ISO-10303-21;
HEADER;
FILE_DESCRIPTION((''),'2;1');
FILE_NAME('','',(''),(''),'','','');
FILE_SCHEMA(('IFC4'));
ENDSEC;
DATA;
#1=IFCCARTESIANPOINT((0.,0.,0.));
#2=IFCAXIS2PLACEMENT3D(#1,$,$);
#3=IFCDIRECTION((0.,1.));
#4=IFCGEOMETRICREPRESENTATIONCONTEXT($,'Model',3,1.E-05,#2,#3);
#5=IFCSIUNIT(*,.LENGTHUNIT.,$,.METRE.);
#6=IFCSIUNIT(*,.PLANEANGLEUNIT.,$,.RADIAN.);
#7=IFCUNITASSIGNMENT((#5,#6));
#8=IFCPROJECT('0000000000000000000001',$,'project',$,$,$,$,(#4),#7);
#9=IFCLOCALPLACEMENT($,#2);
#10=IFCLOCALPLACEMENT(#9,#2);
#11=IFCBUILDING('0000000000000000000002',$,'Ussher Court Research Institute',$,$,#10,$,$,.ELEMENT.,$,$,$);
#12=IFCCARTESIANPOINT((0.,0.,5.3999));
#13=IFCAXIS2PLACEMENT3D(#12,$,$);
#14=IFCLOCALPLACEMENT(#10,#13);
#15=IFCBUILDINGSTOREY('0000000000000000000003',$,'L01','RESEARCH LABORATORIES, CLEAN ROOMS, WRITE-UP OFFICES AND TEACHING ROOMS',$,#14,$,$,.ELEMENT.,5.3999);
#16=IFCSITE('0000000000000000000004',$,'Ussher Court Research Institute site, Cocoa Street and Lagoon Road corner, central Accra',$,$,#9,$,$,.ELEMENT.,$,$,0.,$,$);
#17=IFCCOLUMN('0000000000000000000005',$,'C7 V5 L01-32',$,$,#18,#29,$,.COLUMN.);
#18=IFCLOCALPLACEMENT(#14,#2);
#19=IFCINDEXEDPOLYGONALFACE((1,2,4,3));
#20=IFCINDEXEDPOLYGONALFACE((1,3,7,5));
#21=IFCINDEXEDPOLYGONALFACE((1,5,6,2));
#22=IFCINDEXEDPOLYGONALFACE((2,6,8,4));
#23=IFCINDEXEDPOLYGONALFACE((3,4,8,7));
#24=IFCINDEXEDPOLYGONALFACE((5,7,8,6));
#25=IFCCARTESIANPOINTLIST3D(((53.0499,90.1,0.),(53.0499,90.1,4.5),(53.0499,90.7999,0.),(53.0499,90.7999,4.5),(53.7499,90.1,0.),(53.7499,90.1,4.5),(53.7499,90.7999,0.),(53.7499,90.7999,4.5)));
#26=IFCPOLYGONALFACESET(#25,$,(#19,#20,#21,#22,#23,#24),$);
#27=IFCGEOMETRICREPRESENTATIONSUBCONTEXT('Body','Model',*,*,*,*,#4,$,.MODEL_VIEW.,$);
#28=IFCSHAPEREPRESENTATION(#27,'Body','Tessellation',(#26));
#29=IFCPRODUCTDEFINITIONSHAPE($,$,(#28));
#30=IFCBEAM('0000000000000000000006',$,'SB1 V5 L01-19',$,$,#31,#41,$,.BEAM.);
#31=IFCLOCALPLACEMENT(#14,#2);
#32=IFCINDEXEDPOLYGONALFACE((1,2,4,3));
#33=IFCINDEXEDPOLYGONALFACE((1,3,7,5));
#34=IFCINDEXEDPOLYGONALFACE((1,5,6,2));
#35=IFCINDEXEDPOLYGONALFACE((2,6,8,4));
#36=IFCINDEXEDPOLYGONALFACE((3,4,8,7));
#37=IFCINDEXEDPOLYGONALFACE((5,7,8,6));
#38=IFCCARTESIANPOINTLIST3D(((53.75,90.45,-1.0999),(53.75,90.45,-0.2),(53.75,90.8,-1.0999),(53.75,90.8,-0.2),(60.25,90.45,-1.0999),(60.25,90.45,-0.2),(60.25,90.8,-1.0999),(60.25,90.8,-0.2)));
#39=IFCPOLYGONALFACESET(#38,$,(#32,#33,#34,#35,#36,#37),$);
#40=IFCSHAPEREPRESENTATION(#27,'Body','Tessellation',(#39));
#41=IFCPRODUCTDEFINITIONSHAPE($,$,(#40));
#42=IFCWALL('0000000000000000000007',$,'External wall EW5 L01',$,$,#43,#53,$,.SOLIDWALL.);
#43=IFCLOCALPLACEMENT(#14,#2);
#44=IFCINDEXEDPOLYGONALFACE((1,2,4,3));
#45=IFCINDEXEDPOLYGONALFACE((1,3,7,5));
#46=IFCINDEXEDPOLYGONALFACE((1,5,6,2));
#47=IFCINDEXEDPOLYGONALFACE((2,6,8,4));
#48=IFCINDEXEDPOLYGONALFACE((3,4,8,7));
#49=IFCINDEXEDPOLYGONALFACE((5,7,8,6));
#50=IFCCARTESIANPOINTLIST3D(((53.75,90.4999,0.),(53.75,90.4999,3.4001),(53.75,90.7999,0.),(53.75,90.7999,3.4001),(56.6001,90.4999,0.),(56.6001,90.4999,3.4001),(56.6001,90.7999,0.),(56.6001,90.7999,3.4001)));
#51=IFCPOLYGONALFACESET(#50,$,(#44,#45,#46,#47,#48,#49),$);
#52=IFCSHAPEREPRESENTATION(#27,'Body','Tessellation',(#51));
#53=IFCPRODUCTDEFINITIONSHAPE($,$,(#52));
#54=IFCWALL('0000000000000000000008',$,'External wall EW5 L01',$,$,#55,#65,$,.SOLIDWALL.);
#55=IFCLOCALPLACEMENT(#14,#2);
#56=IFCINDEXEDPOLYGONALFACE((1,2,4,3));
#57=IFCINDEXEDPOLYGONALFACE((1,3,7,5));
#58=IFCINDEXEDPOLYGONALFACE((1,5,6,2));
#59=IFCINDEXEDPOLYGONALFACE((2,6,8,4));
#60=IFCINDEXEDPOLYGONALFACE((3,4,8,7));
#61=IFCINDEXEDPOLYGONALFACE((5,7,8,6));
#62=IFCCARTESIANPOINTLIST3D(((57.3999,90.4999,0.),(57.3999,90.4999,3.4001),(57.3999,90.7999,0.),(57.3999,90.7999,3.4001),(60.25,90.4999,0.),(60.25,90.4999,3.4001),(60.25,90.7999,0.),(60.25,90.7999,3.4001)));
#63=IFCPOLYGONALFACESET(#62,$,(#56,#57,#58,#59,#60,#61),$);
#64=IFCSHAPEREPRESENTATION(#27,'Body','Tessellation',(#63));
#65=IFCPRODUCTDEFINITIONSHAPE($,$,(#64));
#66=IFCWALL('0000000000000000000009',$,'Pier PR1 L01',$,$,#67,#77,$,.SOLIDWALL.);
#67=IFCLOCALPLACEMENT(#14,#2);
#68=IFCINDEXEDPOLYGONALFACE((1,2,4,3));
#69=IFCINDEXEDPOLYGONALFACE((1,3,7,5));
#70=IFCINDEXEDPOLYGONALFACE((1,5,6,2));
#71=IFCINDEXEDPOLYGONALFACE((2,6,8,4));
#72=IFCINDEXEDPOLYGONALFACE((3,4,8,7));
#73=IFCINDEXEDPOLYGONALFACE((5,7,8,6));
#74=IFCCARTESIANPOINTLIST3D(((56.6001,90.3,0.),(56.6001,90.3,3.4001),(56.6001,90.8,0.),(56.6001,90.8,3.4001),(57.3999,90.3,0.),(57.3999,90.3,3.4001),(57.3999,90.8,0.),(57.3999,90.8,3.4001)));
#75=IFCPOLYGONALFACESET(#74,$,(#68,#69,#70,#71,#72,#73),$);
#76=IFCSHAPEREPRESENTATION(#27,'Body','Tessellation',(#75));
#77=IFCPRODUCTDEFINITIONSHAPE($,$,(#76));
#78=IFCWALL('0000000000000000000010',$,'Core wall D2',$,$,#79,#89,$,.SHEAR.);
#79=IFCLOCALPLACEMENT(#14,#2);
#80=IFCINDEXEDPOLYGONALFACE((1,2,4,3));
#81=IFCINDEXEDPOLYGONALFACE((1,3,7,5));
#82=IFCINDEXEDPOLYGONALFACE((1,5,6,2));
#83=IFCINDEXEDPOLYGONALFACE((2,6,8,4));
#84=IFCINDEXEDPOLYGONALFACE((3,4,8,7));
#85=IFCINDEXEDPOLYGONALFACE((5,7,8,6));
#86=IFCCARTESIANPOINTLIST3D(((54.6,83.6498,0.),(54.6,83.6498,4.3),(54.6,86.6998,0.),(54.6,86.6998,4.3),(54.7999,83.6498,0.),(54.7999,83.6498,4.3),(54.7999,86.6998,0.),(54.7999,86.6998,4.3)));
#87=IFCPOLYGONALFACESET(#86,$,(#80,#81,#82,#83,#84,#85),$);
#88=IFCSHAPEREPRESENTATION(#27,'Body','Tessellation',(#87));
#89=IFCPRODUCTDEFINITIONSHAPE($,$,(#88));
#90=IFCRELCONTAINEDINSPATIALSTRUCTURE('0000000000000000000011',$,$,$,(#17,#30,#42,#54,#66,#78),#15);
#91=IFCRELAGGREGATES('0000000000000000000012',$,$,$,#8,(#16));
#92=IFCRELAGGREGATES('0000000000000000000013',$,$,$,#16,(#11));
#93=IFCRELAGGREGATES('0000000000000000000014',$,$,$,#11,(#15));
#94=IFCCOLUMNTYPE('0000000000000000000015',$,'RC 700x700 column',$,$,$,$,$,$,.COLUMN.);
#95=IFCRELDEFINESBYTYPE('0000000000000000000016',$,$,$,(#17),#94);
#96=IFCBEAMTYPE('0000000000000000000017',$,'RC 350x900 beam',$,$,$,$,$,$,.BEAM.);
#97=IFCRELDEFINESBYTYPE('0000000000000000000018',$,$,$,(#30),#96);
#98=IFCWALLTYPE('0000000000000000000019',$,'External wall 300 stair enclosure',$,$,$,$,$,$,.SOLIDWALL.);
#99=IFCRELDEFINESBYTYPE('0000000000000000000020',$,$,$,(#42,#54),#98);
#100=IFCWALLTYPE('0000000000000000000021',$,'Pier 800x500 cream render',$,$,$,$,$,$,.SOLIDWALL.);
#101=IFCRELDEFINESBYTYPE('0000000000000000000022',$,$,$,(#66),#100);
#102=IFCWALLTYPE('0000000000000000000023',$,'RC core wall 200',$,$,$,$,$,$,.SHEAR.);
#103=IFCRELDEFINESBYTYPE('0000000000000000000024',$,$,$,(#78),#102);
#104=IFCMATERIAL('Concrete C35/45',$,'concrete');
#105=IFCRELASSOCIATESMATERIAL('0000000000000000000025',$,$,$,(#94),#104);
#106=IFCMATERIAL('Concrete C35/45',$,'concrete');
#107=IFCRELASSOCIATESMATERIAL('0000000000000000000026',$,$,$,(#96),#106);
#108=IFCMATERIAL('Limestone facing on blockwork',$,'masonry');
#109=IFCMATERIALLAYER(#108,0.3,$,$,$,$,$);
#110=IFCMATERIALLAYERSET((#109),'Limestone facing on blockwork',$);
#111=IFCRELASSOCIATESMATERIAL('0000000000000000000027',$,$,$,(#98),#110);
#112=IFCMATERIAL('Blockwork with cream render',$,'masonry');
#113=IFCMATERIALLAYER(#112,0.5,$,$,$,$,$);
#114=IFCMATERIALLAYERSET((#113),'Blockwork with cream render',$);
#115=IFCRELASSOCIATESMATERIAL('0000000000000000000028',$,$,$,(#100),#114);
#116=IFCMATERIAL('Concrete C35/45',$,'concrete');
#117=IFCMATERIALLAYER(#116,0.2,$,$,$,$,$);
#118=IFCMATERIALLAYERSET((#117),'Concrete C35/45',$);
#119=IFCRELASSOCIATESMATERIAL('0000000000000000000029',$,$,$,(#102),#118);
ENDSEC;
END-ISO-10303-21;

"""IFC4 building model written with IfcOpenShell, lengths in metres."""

from ifc_helpers import new_model, si_unit, direction, frame, frame_2d, origin, origin_2d, place, context, subcontext, project, spatial, rectangle, extrude, material, layer, layer_set, material_profile, profile_set, type_object, element, save


model = new_model("IFC4")

# Units and contexts
model_context = context("Model", 3, precision=1e-05, world=origin(), true_north=direction((0.0, 1.0)))
body_context = subcontext(model_context, "Body", "Model", "MODEL_VIEW")
ifc_project = project(units=[si_unit("LENGTHUNIT", "METRE"), si_unit("PLANEANGLEUNIT", "RADIAN")], contexts=[model_context])

# Site, building, storey
site_placement = place(None, origin())
site = spatial("IfcSite", under=ifc_project, at=site_placement, Name="Ussher Court Research Institute site, Cocoa Street and Lagoon Road corner, central Accra", CompositionType="ELEMENT", RefElevation=0.0)
building_placement = place(site_placement, origin())
building = spatial("IfcBuilding", under=site, at=building_placement, Name="Ussher Court Research Institute", CompositionType="ELEMENT")
storey_placement = place(building_placement, frame((0.0, 0.0, 5.3999)))
storey = spatial("IfcBuildingStorey", under=building, at=storey_placement, Name="L01", Description="RESEARCH LABORATORIES, CLEAN ROOMS, WRITE-UP OFFICES AND TEACHING ROOMS", CompositionType="ELEMENT", Elevation=5.3999)

# Column
ifc_material_1 = material(Name="Concrete C35/45", Category="concrete")
ifc_material_profile_1 = material_profile(ifc_material_1, rectangle(XDim=0.7, YDim=0.7, at=origin_2d()), Name="RC 700x700")
ifc_profile_set_1 = profile_set([ifc_material_profile_1], Name="Concrete C35/45")
column_type = type_object("IfcColumnType", Name="RC 700x700 column", PredefinedType="COLUMN", material=ifc_profile_set_1)
column_placement = place(storey_placement, frame((53.3999, 90.45, 0.0), z_axis=(0.0, 0.0, 1.0), x_axis=(1.0, 0.0, 0.0)))
element("IfcColumn", 1, at=column_placement, inside=storey, type_object=column_type, Name="C7 V5 L01-32", PredefinedType="COLUMN", context=body_context, shape_type="SweptSolid", body=[
    extrude(rectangle(XDim=0.7, YDim=0.7, at=origin_2d()), origin(), (0.0, 0.0, 1.0), 4.5),
])

# Beam
ifc_material_2 = material(Name="Concrete C35/45", Category="concrete")
ifc_material_profile_2 = material_profile(ifc_material_2, rectangle(XDim=0.3501, YDim=0.8999, at=origin_2d()), Name="RC 350x900")
ifc_profile_set_2 = profile_set([ifc_material_profile_2], Name="Concrete C35/45")
beam_type = type_object("IfcBeamType", Name="RC 350x900 beam", PredefinedType="BEAM", material=ifc_profile_set_2)
beam_placement = place(storey_placement, frame((53.75, 90.625, -0.6499), z_axis=(1.0, 0.0, 0.0), x_axis=(0.0, 1.0, 0.0)))
element("IfcBeam", 2, at=beam_placement, inside=storey, type_object=beam_type, Name="SB1 V5 L01-19", PredefinedType="BEAM", context=body_context, shape_type="SweptSolid", body=[
    extrude(rectangle(XDim=0.3501, YDim=0.8999, at=origin_2d()), origin(), (0.0, 0.0, 1.0), 6.5),
])

# Walls
ifc_material_3 = material(Name="Limestone facing on blockwork", Category="masonry")
ifc_layer_1 = layer(ifc_material_3, 0.3)
ifc_layer_set_1 = layer_set([ifc_layer_1], Name="Limestone facing on blockwork")
wall_type_1 = type_object("IfcWallType", Name="External wall 300 stair enclosure", PredefinedType="SOLIDWALL", material=ifc_layer_set_1)
for number, where, z_axis, x_axis, name in (
    (3, (53.75, 90.6499, 0.0), (0.0, 0.0, 1.0), (1.0, 0.0, 0.0), "External wall EW5 L01"),
    (4, (57.3999, 90.6499, 0.0), (0.0, 0.0, 1.0), (1.0, 0.0, 0.0), "External wall EW5 L01"),
):
    element("IfcWall", number, at=place(storey_placement, frame(where, z_axis=z_axis, x_axis=x_axis)), inside=storey, type_object=wall_type_1, Name=name, PredefinedType="SOLIDWALL", context=body_context, shape_type="SweptSolid", body=[
        extrude(rectangle(XDim=2.8501, YDim=0.3, at=frame_2d((1.425, 0.0))), origin(), (0.0, 0.0, 1.0), 3.4001),
    ])
ifc_material_4 = material(Name="Blockwork with cream render", Category="masonry")
ifc_layer_2 = layer(ifc_material_4, 0.5)
ifc_layer_set_2 = layer_set([ifc_layer_2], Name="Blockwork with cream render")
wall_type_2 = type_object("IfcWallType", Name="Pier 800x500 cream render", PredefinedType="SOLIDWALL", material=ifc_layer_set_2)
wall_1_placement = place(storey_placement, frame((56.6001, 90.55, 0.0), z_axis=(0.0, 0.0, 1.0), x_axis=(1.0, 0.0, 0.0)))
element("IfcWall", 5, at=wall_1_placement, inside=storey, type_object=wall_type_2, Name="Pier PR1 L01", PredefinedType="SOLIDWALL", context=body_context, shape_type="SweptSolid", body=[
    extrude(rectangle(XDim=0.7998, YDim=0.5, at=frame_2d((0.3999, 0.0))), origin(), (0.0, 0.0, 1.0), 3.4001),
])
ifc_material_5 = material(Name="Concrete C35/45", Category="concrete")
ifc_layer_3 = layer(ifc_material_5, 0.2)
ifc_layer_set_3 = layer_set([ifc_layer_3], Name="Concrete C35/45")
wall_type_3 = type_object("IfcWallType", Name="RC core wall 200", PredefinedType="SHEAR", material=ifc_layer_set_3)
wall_2_placement = place(storey_placement, frame((54.7, 83.6499, 0.0), z_axis=(0.0, 0.0, 1.0), x_axis=(0.0, 1.0, 0.0)))
element("IfcWall", 6, at=wall_2_placement, inside=storey, type_object=wall_type_3, Name="Core wall D2", PredefinedType="SHEAR", context=body_context, shape_type="SweptSolid", body=[
    extrude(rectangle(XDim=3.05, YDim=0.2, at=frame_2d((1.5249, 0.0))), origin(), (0.0, 0.0, 1.0), 4.3),
])

save(model, "model.ifc")
